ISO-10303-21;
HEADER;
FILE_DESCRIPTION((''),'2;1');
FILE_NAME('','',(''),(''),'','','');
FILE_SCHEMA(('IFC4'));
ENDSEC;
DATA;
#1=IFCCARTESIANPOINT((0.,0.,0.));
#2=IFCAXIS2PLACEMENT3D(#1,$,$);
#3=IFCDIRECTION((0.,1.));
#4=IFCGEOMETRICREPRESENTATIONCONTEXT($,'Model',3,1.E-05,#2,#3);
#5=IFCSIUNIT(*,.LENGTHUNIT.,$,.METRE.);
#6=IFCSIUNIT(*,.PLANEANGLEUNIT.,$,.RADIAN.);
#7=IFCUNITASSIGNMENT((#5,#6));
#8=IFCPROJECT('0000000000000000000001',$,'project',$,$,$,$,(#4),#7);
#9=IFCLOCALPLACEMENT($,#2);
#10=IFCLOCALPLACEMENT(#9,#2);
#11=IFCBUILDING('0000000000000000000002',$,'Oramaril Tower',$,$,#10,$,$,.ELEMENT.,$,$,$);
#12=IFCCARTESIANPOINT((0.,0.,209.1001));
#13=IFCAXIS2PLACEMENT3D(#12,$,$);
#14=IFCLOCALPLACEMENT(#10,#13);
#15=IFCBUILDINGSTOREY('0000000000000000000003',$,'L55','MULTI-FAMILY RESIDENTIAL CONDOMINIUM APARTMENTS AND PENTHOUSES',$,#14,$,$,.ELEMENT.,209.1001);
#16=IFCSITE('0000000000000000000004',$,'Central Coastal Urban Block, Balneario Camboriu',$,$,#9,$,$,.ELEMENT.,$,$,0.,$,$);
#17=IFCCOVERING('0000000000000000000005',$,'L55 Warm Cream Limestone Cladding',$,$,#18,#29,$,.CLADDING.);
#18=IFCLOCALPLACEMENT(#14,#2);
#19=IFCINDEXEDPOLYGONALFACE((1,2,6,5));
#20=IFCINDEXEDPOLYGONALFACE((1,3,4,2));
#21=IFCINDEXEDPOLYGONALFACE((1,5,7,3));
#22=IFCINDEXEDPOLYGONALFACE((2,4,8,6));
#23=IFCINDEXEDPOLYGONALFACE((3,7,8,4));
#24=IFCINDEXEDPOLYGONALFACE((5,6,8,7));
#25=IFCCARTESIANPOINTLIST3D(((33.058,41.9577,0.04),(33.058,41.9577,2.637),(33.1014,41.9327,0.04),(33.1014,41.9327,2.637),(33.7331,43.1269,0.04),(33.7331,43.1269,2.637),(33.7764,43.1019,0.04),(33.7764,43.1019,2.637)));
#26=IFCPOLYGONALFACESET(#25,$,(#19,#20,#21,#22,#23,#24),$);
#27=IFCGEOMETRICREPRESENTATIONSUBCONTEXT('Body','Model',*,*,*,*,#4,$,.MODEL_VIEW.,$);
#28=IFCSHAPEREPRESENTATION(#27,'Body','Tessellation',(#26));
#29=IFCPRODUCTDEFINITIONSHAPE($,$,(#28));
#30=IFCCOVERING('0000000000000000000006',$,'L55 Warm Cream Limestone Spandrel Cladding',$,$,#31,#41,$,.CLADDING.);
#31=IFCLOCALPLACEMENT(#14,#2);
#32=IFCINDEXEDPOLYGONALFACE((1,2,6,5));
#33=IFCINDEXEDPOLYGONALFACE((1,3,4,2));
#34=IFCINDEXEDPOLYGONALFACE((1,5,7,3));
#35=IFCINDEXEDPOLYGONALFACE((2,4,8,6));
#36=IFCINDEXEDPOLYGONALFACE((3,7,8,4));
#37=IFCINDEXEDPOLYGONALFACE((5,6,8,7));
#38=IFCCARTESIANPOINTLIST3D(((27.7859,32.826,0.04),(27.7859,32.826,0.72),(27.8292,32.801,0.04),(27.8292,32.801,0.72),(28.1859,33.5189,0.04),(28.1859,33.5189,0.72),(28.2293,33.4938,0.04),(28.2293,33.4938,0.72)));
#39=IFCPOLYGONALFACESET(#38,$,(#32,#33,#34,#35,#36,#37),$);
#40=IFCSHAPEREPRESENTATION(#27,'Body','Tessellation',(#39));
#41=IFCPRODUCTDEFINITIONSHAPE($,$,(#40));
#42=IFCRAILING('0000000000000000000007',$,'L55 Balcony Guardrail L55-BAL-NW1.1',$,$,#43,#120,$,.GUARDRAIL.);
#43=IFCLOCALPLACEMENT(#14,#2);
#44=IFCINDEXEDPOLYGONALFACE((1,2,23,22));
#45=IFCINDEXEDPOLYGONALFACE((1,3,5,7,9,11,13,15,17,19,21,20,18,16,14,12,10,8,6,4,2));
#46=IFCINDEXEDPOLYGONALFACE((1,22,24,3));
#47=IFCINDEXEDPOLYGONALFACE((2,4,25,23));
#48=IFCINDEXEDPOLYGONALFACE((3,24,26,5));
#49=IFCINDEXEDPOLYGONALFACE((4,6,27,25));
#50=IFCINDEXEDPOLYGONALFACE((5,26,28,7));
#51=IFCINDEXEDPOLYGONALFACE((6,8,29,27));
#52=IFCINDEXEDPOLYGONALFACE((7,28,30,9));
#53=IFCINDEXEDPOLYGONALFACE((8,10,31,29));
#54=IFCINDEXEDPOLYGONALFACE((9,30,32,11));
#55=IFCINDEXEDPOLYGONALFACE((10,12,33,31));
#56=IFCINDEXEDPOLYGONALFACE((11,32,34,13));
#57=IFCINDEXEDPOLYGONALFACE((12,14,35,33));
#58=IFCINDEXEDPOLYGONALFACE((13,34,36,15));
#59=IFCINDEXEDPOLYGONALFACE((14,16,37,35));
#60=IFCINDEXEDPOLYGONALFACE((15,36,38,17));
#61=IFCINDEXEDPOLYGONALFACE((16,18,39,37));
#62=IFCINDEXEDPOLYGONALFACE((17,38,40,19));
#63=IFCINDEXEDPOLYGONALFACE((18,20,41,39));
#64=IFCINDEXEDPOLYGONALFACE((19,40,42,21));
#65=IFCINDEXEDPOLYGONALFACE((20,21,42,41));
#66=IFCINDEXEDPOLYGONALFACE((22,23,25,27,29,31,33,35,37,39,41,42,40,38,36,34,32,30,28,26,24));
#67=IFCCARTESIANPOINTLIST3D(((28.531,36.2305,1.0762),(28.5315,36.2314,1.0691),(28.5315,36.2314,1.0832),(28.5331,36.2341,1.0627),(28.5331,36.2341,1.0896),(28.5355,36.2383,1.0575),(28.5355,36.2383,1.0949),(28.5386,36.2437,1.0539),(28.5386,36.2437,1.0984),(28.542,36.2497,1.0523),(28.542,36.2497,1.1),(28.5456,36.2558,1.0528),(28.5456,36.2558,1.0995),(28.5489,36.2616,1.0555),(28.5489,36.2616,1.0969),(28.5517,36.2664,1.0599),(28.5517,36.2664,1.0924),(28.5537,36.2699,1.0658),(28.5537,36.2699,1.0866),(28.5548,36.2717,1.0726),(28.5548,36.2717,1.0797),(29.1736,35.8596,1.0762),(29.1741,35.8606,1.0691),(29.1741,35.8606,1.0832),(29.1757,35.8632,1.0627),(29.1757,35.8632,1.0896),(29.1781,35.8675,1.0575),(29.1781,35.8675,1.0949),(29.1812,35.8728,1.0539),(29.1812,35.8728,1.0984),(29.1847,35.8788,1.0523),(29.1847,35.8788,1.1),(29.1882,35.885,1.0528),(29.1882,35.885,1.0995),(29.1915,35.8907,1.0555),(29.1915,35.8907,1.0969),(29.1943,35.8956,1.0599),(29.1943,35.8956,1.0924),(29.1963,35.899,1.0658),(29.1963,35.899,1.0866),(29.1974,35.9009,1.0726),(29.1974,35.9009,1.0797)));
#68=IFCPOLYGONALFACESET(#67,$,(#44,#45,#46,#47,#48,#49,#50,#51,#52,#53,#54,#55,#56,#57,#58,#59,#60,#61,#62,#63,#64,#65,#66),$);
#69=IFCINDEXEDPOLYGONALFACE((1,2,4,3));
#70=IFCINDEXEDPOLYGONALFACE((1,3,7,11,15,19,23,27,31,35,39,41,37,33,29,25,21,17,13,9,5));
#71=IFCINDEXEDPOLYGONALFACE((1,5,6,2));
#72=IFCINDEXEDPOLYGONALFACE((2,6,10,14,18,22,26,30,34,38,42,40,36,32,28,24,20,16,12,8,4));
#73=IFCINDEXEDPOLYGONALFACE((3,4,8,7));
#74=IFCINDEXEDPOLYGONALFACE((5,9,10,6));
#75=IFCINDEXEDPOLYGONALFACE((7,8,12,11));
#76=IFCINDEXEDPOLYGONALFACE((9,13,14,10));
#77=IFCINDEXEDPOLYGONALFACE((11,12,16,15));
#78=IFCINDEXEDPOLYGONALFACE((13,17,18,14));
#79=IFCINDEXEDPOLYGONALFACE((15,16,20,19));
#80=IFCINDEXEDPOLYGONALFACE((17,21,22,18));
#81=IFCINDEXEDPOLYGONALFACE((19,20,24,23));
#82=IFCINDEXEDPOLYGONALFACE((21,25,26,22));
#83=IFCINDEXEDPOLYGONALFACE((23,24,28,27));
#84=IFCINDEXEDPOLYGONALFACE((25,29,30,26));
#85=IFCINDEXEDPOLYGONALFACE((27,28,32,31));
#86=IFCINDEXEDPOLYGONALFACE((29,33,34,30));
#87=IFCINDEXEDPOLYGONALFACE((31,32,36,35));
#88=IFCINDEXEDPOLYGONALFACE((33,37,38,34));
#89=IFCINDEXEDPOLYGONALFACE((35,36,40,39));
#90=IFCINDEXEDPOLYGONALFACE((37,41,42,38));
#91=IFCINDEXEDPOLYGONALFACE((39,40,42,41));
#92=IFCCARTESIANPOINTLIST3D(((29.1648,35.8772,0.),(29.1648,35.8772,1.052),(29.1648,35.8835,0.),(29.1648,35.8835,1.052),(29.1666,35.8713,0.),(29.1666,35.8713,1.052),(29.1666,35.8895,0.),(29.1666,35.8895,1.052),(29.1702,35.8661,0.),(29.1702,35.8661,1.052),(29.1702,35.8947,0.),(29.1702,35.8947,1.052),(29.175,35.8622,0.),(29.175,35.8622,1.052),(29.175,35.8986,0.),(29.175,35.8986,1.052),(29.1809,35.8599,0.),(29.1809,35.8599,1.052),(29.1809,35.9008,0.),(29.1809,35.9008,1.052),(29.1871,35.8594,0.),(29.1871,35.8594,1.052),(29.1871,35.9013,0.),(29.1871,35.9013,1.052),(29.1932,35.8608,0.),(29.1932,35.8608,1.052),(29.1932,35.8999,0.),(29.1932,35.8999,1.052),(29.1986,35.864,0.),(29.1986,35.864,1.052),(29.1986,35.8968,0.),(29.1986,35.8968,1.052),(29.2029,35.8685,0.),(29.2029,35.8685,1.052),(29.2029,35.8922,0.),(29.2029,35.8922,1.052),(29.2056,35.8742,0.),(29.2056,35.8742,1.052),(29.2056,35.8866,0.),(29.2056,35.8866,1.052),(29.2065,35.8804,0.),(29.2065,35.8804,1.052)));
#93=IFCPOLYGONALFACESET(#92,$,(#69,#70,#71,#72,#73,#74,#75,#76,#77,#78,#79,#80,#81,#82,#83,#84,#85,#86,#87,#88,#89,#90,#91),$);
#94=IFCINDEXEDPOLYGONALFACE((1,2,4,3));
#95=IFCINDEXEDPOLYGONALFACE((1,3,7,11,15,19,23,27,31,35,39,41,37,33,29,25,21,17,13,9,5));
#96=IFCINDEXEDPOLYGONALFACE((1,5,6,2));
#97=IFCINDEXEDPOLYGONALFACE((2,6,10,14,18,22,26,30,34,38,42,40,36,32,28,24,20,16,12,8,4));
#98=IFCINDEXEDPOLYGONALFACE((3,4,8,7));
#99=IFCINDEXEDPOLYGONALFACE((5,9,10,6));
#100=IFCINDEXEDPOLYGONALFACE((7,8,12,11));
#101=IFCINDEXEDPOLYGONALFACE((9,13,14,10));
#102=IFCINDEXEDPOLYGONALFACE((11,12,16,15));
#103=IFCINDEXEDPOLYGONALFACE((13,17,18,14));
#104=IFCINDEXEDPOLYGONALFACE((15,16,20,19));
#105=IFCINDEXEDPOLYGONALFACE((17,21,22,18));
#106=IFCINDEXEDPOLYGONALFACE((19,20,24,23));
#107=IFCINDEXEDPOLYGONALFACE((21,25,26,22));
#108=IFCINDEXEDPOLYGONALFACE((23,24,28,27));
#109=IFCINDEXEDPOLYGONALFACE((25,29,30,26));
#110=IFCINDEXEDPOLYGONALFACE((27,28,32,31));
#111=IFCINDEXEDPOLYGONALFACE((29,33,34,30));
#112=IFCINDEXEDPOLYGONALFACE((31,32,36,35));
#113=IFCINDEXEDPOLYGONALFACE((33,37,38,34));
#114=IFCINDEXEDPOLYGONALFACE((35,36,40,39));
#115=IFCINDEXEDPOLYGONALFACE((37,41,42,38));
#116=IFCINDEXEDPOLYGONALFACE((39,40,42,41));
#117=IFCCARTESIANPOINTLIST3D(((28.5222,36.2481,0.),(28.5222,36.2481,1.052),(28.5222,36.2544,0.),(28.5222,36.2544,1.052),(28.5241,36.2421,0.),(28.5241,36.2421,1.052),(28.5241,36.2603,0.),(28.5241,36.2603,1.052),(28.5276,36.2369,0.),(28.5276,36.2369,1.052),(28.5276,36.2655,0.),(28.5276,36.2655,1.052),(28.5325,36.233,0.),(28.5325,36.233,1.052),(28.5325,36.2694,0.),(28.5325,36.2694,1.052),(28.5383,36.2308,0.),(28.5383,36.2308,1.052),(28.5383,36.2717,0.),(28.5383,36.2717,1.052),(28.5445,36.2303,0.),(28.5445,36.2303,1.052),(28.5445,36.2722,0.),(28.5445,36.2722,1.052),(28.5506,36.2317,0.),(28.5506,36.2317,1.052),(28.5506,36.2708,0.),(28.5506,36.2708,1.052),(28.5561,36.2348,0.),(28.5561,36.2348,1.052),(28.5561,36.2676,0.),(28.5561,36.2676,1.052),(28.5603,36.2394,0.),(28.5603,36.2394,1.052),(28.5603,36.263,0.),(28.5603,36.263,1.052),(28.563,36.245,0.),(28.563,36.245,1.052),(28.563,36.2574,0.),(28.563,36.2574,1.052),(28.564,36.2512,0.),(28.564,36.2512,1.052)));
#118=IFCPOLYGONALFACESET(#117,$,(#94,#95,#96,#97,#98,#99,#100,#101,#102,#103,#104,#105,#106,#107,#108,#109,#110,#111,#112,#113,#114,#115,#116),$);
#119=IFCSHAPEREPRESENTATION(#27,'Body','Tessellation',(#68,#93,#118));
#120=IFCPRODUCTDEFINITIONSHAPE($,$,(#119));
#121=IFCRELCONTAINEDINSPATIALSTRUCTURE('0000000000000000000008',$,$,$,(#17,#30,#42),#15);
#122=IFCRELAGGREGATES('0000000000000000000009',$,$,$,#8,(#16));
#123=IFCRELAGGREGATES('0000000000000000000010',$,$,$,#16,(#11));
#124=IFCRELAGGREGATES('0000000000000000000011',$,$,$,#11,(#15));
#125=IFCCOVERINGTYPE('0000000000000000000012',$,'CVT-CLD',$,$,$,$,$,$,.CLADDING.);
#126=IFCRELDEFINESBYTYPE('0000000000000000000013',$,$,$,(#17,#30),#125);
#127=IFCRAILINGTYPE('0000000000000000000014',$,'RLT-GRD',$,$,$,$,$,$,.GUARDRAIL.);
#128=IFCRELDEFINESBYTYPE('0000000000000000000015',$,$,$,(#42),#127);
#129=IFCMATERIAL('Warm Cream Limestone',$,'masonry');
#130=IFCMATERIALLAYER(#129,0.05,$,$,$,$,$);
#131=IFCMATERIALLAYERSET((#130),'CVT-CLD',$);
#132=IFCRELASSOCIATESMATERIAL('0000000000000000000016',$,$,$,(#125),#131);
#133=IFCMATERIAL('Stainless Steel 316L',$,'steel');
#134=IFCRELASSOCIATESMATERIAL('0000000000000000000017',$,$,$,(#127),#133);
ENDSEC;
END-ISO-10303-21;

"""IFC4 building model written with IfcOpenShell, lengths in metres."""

from ifc_helpers import new_model, si_unit, direction, frame, origin, origin_2d, place, context, subcontext, project, spatial, rectangle, circle, extrude, material, layer, layer_set, type_object, element, save


model = new_model("IFC4")

# Units and contexts
model_context = context("Model", 3, precision=1e-05, world=origin(), true_north=direction((0.0, 1.0)))
body_context = subcontext(model_context, "Body", "Model", "MODEL_VIEW")
ifc_project = project(units=[si_unit("LENGTHUNIT", "METRE"), si_unit("PLANEANGLEUNIT", "RADIAN")], contexts=[model_context])

# Site, building, storey
site_placement = place(None, origin())
site = spatial("IfcSite", under=ifc_project, at=site_placement, Name="Central Coastal Urban Block, Balneario Camboriu", CompositionType="ELEMENT", RefElevation=0.0)
building_placement = place(site_placement, origin())
building = spatial("IfcBuilding", under=site, at=building_placement, Name="Oramaril Tower", CompositionType="ELEMENT")
storey_placement = place(building_placement, frame((0.0, 0.0, 209.1001)))
storey = spatial("IfcBuildingStorey", under=building, at=storey_placement, Name="L55", Description="MULTI-FAMILY RESIDENTIAL CONDOMINIUM APARTMENTS AND PENTHOUSES", CompositionType="ELEMENT", Elevation=209.1001)

# Coverings
ifc_material_1 = material(Name="Warm Cream Limestone", Category="masonry")
ifc_layer_1 = layer(ifc_material_1, 0.05)
ifc_layer_set_1 = layer_set([ifc_layer_1], Name="CVT-CLD")
covering_type = type_object("IfcCoveringType", Name="CVT-CLD", PredefinedType="CLADDING", material=ifc_layer_set_1)
covering_1_placement = place(storey_placement, frame((33.4172, 42.5298, 0.04), z_axis=(0.0, 0.0, 1.0), x_axis=(-0.500002, -0.866025, 0.0)))
element("IfcCovering", 1, at=covering_1_placement, inside=storey, type_object=covering_type, Name="L55 Warm Cream Limestone Cladding", PredefinedType="CLADDING", context=body_context, shape_type="SweptSolid", body=[
    extrude(rectangle(XDim=1.3501, YDim=0.05, at=origin_2d()), origin(), (0.0, 0.0, 1.0), 2.5969),
])
covering_2_placement = place(storey_placement, frame((28.0076, 33.1599, 0.04), z_axis=(0.0, 0.0, 1.0), x_axis=(-0.500002, -0.866025, 0.0)))
element("IfcCovering", 2, at=covering_2_placement, inside=storey, type_object=covering_type, Name="L55 Warm Cream Limestone Spandrel Cladding", PredefinedType="CLADDING", context=body_context, shape_type="SweptSolid", body=[
    extrude(rectangle(XDim=0.8, YDim=0.05, at=origin_2d()), origin(), (0.0, 0.0, 1.0), 0.6799),
])

# Railing
ifc_material_2 = material(Name="Stainless Steel 316L", Category="steel")
railing_type = type_object("IfcRailingType", Name="RLT-GRD", PredefinedType="GUARDRAIL", material=ifc_material_2)
railing_1_placement = place(storey_placement, frame((29.1855, 35.8804, 0.0)))
element("IfcRailing", 3, at=railing_1_placement, inside=storey, type_object=railing_type, Name="L55 Balcony Guardrail L55-BAL-NW1.1", PredefinedType="GUARDRAIL", context=body_context, shape_type="SweptSolid", body=[
    extrude(circle(Radius=0.0239, at=origin_2d()), frame((0.0, 0.0, 1.0762), z_axis=(-0.866109, 0.499855, 0.0), x_axis=(-0.499855, -0.866109, 0.0)), (0.0, 0.0, 1.0), 0.7419),
    extrude(circle(Radius=0.021, at=origin_2d()), origin(), (0.0, 0.0, 1.0), 1.052),
    extrude(circle(Radius=0.021, at=origin_2d()), frame((-0.6426, 0.3708, 0.0)), (0.0, 0.0, 1.0), 1.052),
])

save(model, "model.ifc")
